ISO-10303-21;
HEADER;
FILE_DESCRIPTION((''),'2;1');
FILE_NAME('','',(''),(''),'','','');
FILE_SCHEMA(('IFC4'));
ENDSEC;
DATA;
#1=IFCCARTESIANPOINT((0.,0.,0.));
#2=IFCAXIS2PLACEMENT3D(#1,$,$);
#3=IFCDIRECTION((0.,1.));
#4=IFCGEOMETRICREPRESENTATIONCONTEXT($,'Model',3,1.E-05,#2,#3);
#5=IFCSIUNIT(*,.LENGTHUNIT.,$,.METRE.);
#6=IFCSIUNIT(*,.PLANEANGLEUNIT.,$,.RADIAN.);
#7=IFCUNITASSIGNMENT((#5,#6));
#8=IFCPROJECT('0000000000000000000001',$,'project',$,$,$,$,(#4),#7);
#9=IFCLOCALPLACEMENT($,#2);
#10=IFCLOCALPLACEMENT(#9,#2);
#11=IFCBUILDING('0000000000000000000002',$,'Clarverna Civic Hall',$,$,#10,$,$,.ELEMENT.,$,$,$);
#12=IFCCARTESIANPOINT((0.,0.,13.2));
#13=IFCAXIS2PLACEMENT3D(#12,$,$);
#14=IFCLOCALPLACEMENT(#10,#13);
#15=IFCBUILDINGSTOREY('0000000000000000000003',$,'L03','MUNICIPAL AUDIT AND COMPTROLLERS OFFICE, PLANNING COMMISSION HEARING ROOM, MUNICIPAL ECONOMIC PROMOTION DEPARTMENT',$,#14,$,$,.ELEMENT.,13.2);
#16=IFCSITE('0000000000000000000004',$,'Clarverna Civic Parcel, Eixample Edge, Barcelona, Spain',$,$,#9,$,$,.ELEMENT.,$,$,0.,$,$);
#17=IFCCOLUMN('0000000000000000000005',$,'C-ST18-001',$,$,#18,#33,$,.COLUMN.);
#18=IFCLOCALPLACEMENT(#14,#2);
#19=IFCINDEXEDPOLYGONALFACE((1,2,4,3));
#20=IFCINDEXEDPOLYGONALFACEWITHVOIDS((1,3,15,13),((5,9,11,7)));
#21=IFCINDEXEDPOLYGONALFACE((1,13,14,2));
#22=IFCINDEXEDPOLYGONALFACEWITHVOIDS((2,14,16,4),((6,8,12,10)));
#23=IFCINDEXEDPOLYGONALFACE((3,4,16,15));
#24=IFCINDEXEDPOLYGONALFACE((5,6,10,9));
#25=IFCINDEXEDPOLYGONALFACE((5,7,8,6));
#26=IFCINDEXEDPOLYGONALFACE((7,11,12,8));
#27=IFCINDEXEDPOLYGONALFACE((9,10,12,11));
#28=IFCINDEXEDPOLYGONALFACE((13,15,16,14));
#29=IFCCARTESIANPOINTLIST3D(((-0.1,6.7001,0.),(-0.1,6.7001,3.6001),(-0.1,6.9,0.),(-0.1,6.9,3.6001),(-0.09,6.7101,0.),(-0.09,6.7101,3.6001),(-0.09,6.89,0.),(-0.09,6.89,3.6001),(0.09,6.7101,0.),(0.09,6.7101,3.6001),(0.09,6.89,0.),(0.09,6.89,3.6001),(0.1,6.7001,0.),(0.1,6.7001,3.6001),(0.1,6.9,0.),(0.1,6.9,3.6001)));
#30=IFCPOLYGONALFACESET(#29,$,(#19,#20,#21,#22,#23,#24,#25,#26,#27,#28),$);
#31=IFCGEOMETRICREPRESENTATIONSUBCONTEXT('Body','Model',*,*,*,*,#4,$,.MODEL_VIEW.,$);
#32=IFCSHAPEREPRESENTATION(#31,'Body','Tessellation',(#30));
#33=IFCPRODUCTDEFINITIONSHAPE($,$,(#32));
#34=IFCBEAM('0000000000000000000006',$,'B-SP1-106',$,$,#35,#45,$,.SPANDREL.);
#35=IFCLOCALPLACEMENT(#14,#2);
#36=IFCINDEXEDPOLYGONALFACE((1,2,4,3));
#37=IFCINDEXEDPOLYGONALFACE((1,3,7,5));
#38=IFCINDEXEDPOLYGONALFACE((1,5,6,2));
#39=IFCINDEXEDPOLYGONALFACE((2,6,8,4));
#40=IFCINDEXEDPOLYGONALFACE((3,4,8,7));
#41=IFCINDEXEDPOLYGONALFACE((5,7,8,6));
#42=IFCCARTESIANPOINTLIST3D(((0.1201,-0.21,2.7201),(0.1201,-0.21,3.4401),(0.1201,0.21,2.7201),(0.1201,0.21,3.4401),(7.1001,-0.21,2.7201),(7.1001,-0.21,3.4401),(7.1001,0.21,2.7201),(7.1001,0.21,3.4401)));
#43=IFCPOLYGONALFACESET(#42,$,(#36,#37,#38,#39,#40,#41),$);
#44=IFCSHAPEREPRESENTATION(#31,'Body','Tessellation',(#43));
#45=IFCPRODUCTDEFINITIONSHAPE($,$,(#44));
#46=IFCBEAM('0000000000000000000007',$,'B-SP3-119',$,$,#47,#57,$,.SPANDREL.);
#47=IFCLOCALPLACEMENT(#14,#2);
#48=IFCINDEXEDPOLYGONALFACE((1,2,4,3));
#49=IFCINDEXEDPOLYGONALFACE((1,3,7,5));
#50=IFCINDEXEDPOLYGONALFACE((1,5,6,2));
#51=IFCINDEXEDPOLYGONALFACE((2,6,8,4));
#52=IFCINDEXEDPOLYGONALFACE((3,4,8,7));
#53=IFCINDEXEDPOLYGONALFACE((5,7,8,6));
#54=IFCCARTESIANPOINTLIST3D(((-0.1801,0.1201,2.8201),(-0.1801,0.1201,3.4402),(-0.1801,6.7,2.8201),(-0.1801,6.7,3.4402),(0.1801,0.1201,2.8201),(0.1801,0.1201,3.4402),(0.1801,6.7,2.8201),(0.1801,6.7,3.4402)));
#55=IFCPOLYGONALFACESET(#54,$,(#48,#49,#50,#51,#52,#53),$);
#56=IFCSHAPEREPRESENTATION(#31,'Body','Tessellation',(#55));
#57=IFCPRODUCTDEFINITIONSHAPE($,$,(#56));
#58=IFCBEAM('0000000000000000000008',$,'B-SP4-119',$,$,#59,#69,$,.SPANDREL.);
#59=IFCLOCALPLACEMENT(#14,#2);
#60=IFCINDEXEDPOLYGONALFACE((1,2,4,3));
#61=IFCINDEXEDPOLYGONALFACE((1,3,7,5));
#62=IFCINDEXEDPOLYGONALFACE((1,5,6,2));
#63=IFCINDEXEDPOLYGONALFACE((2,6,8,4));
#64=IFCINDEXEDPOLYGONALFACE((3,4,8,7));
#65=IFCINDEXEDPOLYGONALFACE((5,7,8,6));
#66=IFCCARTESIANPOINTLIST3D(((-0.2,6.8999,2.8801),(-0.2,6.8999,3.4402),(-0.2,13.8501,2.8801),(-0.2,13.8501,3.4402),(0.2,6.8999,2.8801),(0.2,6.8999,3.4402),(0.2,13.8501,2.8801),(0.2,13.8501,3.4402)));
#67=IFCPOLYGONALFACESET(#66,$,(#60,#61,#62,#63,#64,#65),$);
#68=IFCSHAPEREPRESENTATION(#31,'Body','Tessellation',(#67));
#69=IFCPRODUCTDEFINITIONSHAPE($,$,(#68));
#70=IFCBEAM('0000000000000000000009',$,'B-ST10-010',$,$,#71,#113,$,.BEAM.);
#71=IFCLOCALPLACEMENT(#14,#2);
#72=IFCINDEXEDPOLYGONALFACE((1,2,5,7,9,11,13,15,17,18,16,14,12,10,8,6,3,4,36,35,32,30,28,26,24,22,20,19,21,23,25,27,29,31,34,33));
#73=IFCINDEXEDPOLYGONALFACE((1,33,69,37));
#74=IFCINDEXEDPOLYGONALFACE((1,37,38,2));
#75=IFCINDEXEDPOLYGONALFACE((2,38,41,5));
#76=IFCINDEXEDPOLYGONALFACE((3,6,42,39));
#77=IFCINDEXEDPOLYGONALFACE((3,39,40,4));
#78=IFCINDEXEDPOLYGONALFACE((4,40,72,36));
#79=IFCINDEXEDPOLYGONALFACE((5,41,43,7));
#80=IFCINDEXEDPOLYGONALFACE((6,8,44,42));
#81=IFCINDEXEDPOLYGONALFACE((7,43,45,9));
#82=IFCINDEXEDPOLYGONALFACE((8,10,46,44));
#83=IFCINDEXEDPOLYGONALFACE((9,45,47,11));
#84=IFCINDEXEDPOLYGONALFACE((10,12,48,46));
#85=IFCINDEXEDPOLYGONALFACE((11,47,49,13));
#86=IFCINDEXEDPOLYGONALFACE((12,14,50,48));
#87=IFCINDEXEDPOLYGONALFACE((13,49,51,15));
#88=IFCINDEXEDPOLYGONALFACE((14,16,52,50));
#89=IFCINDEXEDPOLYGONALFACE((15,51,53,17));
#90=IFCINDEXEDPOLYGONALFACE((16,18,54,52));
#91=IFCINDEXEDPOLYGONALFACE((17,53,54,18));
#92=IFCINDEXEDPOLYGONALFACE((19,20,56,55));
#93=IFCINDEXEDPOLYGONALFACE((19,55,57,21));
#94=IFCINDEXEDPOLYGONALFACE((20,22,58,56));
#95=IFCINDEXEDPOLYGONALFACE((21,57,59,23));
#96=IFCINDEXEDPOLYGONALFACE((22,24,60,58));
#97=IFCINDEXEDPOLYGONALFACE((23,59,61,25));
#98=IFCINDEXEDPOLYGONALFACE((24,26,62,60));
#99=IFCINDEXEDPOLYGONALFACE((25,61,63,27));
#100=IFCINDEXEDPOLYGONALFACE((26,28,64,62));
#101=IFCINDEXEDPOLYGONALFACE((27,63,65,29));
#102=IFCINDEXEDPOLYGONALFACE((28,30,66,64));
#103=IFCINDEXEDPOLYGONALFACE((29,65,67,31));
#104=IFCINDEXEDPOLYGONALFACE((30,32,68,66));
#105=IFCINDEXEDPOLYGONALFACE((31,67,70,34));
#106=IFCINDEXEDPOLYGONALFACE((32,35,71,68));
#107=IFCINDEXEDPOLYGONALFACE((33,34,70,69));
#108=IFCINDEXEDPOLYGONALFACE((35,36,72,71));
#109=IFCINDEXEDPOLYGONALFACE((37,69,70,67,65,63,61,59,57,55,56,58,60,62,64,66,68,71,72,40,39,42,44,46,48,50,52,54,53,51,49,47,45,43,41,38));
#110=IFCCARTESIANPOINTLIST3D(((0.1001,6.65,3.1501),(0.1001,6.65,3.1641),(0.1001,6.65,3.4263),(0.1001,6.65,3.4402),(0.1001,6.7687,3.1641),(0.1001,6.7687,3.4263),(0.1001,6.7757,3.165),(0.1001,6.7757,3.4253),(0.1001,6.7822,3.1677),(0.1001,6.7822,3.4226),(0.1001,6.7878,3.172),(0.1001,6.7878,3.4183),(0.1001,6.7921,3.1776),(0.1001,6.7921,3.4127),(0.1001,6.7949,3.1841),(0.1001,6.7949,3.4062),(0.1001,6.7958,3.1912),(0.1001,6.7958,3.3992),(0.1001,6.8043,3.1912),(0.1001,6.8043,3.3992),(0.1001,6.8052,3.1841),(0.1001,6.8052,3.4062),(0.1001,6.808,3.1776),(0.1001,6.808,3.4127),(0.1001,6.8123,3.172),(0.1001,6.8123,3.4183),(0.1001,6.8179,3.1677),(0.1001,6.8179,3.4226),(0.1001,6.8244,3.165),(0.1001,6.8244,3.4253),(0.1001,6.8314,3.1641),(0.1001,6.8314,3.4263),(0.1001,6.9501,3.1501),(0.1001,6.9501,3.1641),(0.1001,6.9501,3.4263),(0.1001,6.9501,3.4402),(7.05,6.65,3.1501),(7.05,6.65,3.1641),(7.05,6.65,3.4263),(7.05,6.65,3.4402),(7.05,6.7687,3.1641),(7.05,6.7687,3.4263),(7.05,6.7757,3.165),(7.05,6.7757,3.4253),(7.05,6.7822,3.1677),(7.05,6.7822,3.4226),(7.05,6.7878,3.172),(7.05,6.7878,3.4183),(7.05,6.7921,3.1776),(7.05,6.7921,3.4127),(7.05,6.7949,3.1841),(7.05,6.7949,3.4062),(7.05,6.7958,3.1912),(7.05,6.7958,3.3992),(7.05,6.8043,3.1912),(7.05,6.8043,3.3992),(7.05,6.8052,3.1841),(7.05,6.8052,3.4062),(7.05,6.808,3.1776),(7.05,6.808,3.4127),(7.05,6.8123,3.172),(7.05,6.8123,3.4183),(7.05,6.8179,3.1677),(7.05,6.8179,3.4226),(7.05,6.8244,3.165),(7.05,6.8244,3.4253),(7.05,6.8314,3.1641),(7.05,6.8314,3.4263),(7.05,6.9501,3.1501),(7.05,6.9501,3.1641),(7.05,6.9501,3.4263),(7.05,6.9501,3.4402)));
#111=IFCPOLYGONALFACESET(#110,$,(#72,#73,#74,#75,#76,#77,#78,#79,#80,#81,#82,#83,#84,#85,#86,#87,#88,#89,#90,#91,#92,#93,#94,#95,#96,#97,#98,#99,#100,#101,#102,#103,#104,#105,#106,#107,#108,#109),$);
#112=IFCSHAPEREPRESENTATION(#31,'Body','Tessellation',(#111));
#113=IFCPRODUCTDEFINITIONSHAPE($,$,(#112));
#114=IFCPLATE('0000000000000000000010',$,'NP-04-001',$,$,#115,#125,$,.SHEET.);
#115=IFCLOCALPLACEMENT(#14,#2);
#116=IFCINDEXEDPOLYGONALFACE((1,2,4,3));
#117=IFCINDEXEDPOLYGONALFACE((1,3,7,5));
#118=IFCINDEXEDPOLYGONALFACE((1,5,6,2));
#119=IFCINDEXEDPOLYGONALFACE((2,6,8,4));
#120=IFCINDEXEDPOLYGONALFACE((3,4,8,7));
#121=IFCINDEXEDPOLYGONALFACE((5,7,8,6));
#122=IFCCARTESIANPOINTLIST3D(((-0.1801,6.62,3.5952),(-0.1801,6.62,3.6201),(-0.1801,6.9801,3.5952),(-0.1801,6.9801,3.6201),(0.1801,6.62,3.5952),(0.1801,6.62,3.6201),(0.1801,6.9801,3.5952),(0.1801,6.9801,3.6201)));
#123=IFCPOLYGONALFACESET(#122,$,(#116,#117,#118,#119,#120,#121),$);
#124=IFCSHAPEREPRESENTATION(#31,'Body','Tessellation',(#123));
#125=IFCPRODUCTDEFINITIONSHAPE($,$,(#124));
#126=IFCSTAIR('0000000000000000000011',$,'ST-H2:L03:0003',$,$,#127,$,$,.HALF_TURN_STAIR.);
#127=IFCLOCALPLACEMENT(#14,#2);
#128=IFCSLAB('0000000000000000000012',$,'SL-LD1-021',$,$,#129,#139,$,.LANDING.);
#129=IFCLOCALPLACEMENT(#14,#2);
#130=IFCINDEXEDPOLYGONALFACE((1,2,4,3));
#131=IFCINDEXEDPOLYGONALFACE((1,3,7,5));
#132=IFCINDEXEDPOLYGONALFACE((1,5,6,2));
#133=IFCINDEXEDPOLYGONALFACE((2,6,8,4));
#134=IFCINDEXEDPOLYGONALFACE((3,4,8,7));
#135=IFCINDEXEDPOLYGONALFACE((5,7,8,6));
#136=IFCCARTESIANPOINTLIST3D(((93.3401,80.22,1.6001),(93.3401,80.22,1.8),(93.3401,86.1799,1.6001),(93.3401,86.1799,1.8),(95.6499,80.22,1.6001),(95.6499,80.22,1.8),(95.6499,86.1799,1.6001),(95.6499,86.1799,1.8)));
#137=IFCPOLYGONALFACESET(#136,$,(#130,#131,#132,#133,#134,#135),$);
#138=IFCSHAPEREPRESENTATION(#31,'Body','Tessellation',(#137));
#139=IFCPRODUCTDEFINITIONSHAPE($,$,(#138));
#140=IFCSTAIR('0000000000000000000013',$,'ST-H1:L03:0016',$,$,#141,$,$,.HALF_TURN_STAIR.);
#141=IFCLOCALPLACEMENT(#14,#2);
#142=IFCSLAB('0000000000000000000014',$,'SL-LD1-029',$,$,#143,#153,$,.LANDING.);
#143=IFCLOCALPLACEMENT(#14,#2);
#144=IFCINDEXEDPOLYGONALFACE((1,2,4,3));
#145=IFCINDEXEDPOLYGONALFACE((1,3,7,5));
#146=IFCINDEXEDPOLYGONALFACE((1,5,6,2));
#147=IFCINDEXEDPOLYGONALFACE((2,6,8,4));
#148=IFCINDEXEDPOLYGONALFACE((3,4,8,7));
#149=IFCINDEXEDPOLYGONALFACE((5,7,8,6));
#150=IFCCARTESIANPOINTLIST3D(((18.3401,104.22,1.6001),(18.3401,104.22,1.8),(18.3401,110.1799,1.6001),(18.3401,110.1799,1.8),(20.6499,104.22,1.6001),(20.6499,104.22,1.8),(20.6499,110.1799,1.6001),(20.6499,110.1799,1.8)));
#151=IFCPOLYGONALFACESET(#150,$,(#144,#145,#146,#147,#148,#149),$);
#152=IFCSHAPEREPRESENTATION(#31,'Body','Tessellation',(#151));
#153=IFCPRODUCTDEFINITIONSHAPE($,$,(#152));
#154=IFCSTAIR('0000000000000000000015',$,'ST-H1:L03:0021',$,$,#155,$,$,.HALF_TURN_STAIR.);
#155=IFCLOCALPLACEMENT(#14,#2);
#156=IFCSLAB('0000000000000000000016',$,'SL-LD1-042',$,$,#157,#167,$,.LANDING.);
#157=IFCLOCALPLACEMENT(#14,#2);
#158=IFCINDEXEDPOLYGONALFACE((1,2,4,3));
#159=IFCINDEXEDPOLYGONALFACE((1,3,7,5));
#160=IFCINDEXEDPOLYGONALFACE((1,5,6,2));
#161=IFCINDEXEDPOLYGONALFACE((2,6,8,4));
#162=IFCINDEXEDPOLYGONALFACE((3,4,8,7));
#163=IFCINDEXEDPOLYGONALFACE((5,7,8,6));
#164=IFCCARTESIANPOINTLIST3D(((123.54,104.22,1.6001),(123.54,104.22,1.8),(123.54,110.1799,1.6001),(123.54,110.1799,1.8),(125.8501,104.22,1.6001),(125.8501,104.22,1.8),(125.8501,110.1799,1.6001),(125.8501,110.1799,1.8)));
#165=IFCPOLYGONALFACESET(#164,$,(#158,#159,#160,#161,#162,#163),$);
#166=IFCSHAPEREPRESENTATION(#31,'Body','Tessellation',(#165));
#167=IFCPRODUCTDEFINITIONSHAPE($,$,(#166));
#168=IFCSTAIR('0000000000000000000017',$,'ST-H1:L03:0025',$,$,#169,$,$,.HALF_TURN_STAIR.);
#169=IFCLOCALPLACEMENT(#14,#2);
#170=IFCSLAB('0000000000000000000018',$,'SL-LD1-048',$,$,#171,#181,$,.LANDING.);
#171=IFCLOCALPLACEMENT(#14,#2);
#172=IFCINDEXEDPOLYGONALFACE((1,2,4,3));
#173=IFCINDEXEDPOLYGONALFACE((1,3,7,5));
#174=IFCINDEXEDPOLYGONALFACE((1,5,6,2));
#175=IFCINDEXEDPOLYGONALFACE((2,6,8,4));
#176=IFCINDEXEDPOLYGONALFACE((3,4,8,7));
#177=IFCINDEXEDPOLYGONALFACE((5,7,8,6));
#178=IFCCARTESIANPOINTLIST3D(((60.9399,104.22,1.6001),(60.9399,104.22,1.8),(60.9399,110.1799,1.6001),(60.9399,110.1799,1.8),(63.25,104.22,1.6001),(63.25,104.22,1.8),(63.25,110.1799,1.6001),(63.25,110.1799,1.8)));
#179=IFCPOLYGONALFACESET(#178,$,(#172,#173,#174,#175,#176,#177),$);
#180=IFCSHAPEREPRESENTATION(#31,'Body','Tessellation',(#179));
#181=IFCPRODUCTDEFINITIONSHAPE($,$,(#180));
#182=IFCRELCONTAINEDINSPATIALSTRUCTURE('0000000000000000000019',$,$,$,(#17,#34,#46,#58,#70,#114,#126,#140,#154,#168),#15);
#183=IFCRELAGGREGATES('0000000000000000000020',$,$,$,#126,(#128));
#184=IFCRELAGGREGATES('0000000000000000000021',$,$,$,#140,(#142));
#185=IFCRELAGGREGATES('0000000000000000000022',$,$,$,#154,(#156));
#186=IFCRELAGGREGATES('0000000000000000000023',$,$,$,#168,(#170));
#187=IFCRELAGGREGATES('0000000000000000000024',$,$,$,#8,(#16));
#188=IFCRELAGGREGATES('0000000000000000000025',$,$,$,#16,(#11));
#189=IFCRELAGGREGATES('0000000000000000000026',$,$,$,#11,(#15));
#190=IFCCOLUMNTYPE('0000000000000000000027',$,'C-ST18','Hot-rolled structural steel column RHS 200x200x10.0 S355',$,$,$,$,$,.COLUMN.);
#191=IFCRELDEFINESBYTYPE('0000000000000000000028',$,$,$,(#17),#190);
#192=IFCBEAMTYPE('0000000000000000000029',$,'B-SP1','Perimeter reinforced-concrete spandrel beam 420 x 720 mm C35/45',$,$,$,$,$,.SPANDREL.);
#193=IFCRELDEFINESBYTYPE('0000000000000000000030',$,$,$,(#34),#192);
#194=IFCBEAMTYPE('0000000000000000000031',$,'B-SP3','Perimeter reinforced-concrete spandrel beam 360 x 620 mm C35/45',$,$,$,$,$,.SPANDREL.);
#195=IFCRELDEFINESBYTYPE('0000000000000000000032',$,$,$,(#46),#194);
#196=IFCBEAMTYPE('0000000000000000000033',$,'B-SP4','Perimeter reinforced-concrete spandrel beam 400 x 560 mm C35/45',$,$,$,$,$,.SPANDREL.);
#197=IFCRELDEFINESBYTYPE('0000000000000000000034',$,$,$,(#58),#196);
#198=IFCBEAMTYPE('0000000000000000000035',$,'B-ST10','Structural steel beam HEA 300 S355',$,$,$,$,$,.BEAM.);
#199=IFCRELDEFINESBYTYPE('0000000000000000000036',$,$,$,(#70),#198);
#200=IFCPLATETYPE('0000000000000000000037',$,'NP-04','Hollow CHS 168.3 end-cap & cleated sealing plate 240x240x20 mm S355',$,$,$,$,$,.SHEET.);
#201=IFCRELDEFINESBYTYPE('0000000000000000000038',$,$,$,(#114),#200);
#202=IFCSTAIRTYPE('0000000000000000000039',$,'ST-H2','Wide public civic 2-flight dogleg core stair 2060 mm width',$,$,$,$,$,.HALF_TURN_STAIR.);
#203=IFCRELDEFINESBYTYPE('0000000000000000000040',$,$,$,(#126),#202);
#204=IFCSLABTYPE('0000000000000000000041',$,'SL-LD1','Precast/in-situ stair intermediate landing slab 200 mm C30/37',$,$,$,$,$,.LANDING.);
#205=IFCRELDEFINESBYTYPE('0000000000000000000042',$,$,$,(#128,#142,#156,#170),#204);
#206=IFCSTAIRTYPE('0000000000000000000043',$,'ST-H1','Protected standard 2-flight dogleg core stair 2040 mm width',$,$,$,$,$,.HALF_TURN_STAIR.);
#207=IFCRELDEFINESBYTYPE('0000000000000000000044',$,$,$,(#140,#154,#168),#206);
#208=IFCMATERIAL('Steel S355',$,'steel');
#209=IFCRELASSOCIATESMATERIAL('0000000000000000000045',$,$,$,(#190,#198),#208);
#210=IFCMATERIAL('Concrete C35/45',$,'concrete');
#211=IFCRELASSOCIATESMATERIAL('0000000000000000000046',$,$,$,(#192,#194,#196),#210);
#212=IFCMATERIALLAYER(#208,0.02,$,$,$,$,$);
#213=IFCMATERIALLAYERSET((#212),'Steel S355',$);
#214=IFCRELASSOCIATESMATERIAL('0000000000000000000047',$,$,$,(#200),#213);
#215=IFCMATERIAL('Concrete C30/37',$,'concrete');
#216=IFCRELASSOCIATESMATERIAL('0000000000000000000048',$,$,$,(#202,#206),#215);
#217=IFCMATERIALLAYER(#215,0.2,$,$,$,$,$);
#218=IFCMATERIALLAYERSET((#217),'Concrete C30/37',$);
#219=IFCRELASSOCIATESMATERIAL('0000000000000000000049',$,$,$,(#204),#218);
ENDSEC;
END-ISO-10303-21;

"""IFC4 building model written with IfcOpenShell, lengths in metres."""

from ifc_helpers import new_model, si_unit, direction, frame, origin, origin_2d, place, context, subcontext, project, spatial, polyline, rectangle, hollow_rectangle, i_section, outline, extrude, material, layer, layer_set, material_profile, profile_set, type_object, element, aggregate, save


model = new_model("IFC4")

# Units and contexts
model_context = context("Model", 3, precision=1e-05, world=origin(), true_north=direction((0.0, 1.0)))
body_context = subcontext(model_context, "Body", "Model", "MODEL_VIEW")
ifc_project = project(units=[si_unit("LENGTHUNIT", "METRE"), si_unit("PLANEANGLEUNIT", "RADIAN")], contexts=[model_context])

# Site, building, storey
site_placement = place(None, origin())
site = spatial("IfcSite", under=ifc_project, at=site_placement, Name="Clarverna Civic Parcel, Eixample Edge, Barcelona, Spain", CompositionType="ELEMENT", RefElevation=0.0)
building_placement = place(site_placement, origin())
building = spatial("IfcBuilding", under=site, at=building_placement, Name="Clarverna Civic Hall", CompositionType="ELEMENT")
storey_placement = place(building_placement, frame((0.0, 0.0, 13.2)))
storey = spatial("IfcBuildingStorey", under=building, at=storey_placement, Name="L03", Description="MUNICIPAL AUDIT AND COMPTROLLERS OFFICE, PLANNING COMMISSION HEARING ROOM, MUNICIPAL ECONOMIC PROMOTION DEPARTMENT", CompositionType="ELEMENT", Elevation=13.2)

# Column
ifc_material_1 = material(Name="Steel S355", Category="steel")
ifc_material_profile_1 = material_profile(ifc_material_1, hollow_rectangle(XDim=0.2, YDim=0.2, WallThickness=0.01, at=origin_2d()), Name="RHS 200x200x10.0")
ifc_profile_set_1 = profile_set([ifc_material_profile_1], Name="Steel S355")
column_type = type_object("IfcColumnType", Name="C-ST18", Description="Hot-rolled structural steel column RHS 200x200x10.0 S355", PredefinedType="COLUMN", material=ifc_profile_set_1)
column_placement = place(storey_placement, frame((0.0, 6.8, 0.0), z_axis=(0.0, 0.0, 1.0), x_axis=(1.0, 0.0, 0.0)))
element("IfcColumn", 1, at=column_placement, inside=storey, type_object=column_type, Name="C-ST18-001", PredefinedType="COLUMN", context=body_context, shape_type="SweptSolid", body=[
    extrude(hollow_rectangle(XDim=0.2, YDim=0.2, WallThickness=0.01, at=origin_2d()), origin(), (0.0, 0.0, 1.0), 3.6001),
])

# Beams
ifc_material_2 = material(Name="Concrete C35/45", Category="concrete")
ifc_material_profile_2 = material_profile(ifc_material_2, rectangle(XDim=0.4199, YDim=0.72, at=origin_2d()), Name="RC 420x720")
ifc_profile_set_2 = profile_set([ifc_material_profile_2], Name="Concrete C35/45")
beam_type_1 = type_object("IfcBeamType", Name="B-SP1", Description="Perimeter reinforced-concrete spandrel beam 420 x 720 mm C35/45", PredefinedType="SPANDREL", material=ifc_profile_set_2)
beam_1_placement = place(storey_placement, frame((0.1201, 0.0, 3.0801), z_axis=(1.0, 0.0, 0.0), x_axis=(0.0, 1.0, 0.0)))
element("IfcBeam", 2, at=beam_1_placement, inside=storey, type_object=beam_type_1, Name="B-SP1-106", PredefinedType="SPANDREL", context=body_context, shape_type="SweptSolid", body=[
    extrude(rectangle(XDim=0.4199, YDim=0.72, at=origin_2d()), origin(), (0.0, 0.0, 1.0), 6.98),
])
ifc_material_profile_3 = material_profile(ifc_material_2, rectangle(XDim=0.3601, YDim=0.6201, at=origin_2d()), Name="RC 360x620")
ifc_profile_set_3 = profile_set([ifc_material_profile_3], Name="Concrete C35/45")
beam_type_2 = type_object("IfcBeamType", Name="B-SP3", Description="Perimeter reinforced-concrete spandrel beam 360 x 620 mm C35/45", PredefinedType="SPANDREL", material=ifc_profile_set_3)
beam_2_placement = place(storey_placement, frame((0.0, 0.1201, 3.1301), z_axis=(0.0, 1.0, 0.0), x_axis=(-1.0, 0.0, 0.0)))
element("IfcBeam", 3, at=beam_2_placement, inside=storey, type_object=beam_type_2, Name="B-SP3-119", PredefinedType="SPANDREL", context=body_context, shape_type="SweptSolid", body=[
    extrude(rectangle(XDim=0.3601, YDim=0.6201, at=origin_2d()), origin(), (0.0, 0.0, 1.0), 6.5798),
])
ifc_material_profile_4 = material_profile(ifc_material_2, rectangle(XDim=0.3999, YDim=0.5601, at=origin_2d()), Name="RC 400x560")
ifc_profile_set_4 = profile_set([ifc_material_profile_4], Name="Concrete C35/45")
beam_type_3 = type_object("IfcBeamType", Name="B-SP4", Description="Perimeter reinforced-concrete spandrel beam 400 x 560 mm C35/45", PredefinedType="SPANDREL", material=ifc_profile_set_4)
beam_3_placement = place(storey_placement, frame((0.0, 6.8999, 3.1602), z_axis=(0.0, 1.0, 0.0), x_axis=(-1.0, 0.0, 0.0)))
element("IfcBeam", 4, at=beam_3_placement, inside=storey, type_object=beam_type_3, Name="B-SP4-119", PredefinedType="SPANDREL", context=body_context, shape_type="SweptSolid", body=[
    extrude(rectangle(XDim=0.3999, YDim=0.5601, at=origin_2d()), origin(), (0.0, 0.0, 1.0), 6.9502),
])
ifc_material_profile_5 = material_profile(ifc_material_1, i_section(OverallWidth=0.3, OverallDepth=0.29, WebThickness=0.0085, FlangeThickness=0.0139, FilletRadius=0.0271, at=origin_2d()), Name="HEA 300")
ifc_profile_set_5 = profile_set([ifc_material_profile_5], Name="Steel S355")
beam_type_4 = type_object("IfcBeamType", Name="B-ST10", Description="Structural steel beam HEA 300 S355", PredefinedType="BEAM", material=ifc_profile_set_5)
beam_4_placement = place(storey_placement, frame((0.1001, 6.8, 3.2952), z_axis=(1.0, 0.0, 0.0), x_axis=(0.0, 1.0, 0.0)))
element("IfcBeam", 5, at=beam_4_placement, inside=storey, type_object=beam_type_4, Name="B-ST10-010", PredefinedType="BEAM", context=body_context, shape_type="SweptSolid", body=[
    extrude(i_section(OverallWidth=0.3, OverallDepth=0.29, WebThickness=0.0085, FlangeThickness=0.0139, FilletRadius=0.0271, at=origin_2d()), origin(), (0.0, 0.0, 1.0), 6.95),
])

# Plate
ifc_layer_1 = layer(ifc_material_1, 0.02)
ifc_layer_set_1 = layer_set([ifc_layer_1], Name="Steel S355")
plate_type = type_object("IfcPlateType", Name="NP-04", Description="Hollow CHS 168.3 end-cap & cleated sealing plate 240x240x20 mm S355", PredefinedType="SHEET", material=ifc_layer_set_1)
plate_placement = place(storey_placement, frame((0.0, 6.8, 3.5952), z_axis=(0.0, 0.0, 1.0), x_axis=(1.0, 0.0, 0.0)))
element("IfcPlate", 6, at=plate_placement, inside=storey, type_object=plate_type, Name="NP-04-001", PredefinedType="SHEET", context=body_context, shape_type="SweptSolid", body=[
    extrude(rectangle(XDim=0.3601, YDim=0.3601, at=origin_2d()), origin(), (0.0, 0.0, 1.0), 0.0249),
])

# Stairs, slabs
ifc_material_3 = material(Name="Concrete C30/37", Category="concrete")
stair_type_1 = type_object("IfcStairType", Name="ST-H2", Description="Wide public civic 2-flight dogleg core stair 2060 mm width", PredefinedType="HALF_TURN_STAIR", material=ifc_material_3)
stair_1_placement = place(storey_placement, origin())
stair_1 = element("IfcStair", 7, at=stair_1_placement, inside=storey, type_object=stair_type_1, Name="ST-H2:L03:0003", PredefinedType="HALF_TURN_STAIR")
ifc_layer_2 = layer(ifc_material_3, 0.2)
ifc_layer_set_2 = layer_set([ifc_layer_2], Name="Concrete C30/37")
slab_type = type_object("IfcSlabType", Name="SL-LD1", Description="Precast/in-situ stair intermediate landing slab 200 mm C30/37", PredefinedType="LANDING", material=ifc_layer_set_2)
slab_1_placement = place(storey_placement, frame((0.0, 0.0, 1.6001)))
slab_1 = element("IfcSlab", 8, at=slab_1_placement, type_object=slab_type, Name="SL-LD1-021", PredefinedType="LANDING", context=body_context, shape_type="SweptSolid", body=[
    extrude(outline(polyline([(93.3401, 80.22), (95.6499, 80.22), (95.6499, 86.1799), (93.3401, 86.1799), (93.3401, 80.22)])), origin(), (0.0, 0.0, 1.0), 0.2),
])
aggregate(stair_1, [slab_1])
stair_type_2 = type_object("IfcStairType", Name="ST-H1", Description="Protected standard 2-flight dogleg core stair 2040 mm width", PredefinedType="HALF_TURN_STAIR", material=ifc_material_3)
stair_2_placement = place(storey_placement, origin())
stair_2 = element("IfcStair", 9, at=stair_2_placement, inside=storey, type_object=stair_type_2, Name="ST-H1:L03:0016", PredefinedType="HALF_TURN_STAIR")
slab_2_placement = place(storey_placement, frame((0.0, 0.0, 1.6001)))
slab_2 = element("IfcSlab", 10, at=slab_2_placement, type_object=slab_type, Name="SL-LD1-029", PredefinedType="LANDING", context=body_context, shape_type="SweptSolid", body=[
    extrude(outline(polyline([(18.3401, 104.22), (20.6499, 104.22), (20.6499, 110.1799), (18.3401, 110.1799), (18.3401, 104.22)])), origin(), (0.0, 0.0, 1.0), 0.2),
])
aggregate(stair_2, [slab_2])
stair_3_placement = place(storey_placement, origin())
stair_3 = element("IfcStair", 11, at=stair_3_placement, inside=storey, type_object=stair_type_2, Name="ST-H1:L03:0021", PredefinedType="HALF_TURN_STAIR")
slab_3_placement = place(storey_placement, frame((0.0, 0.0, 1.6001)))
slab_3 = element("IfcSlab", 12, at=slab_3_placement, type_object=slab_type, Name="SL-LD1-042", PredefinedType="LANDING", context=body_context, shape_type="SweptSolid", body=[
    extrude(outline(polyline([(123.54, 104.22), (125.8501, 104.22), (125.8501, 110.1799), (123.54, 110.1799), (123.54, 104.22)])), origin(), (0.0, 0.0, 1.0), 0.2),
])
aggregate(stair_3, [slab_3])
stair_4_placement = place(storey_placement, origin())
stair_4 = element("IfcStair", 13, at=stair_4_placement, inside=storey, type_object=stair_type_2, Name="ST-H1:L03:0025", PredefinedType="HALF_TURN_STAIR")
slab_4_placement = place(storey_placement, frame((0.0, 0.0, 1.6001)))
slab_4 = element("IfcSlab", 14, at=slab_4_placement, type_object=slab_type, Name="SL-LD1-048", PredefinedType="LANDING", context=body_context, shape_type="SweptSolid", body=[
    extrude(outline(polyline([(60.9399, 104.22), (63.25, 104.22), (63.25, 110.1799), (60.9399, 110.1799), (60.9399, 104.22)])), origin(), (0.0, 0.0, 1.0), 0.2),
])
aggregate(stair_4, [slab_4])

save(model, "model.ifc")
